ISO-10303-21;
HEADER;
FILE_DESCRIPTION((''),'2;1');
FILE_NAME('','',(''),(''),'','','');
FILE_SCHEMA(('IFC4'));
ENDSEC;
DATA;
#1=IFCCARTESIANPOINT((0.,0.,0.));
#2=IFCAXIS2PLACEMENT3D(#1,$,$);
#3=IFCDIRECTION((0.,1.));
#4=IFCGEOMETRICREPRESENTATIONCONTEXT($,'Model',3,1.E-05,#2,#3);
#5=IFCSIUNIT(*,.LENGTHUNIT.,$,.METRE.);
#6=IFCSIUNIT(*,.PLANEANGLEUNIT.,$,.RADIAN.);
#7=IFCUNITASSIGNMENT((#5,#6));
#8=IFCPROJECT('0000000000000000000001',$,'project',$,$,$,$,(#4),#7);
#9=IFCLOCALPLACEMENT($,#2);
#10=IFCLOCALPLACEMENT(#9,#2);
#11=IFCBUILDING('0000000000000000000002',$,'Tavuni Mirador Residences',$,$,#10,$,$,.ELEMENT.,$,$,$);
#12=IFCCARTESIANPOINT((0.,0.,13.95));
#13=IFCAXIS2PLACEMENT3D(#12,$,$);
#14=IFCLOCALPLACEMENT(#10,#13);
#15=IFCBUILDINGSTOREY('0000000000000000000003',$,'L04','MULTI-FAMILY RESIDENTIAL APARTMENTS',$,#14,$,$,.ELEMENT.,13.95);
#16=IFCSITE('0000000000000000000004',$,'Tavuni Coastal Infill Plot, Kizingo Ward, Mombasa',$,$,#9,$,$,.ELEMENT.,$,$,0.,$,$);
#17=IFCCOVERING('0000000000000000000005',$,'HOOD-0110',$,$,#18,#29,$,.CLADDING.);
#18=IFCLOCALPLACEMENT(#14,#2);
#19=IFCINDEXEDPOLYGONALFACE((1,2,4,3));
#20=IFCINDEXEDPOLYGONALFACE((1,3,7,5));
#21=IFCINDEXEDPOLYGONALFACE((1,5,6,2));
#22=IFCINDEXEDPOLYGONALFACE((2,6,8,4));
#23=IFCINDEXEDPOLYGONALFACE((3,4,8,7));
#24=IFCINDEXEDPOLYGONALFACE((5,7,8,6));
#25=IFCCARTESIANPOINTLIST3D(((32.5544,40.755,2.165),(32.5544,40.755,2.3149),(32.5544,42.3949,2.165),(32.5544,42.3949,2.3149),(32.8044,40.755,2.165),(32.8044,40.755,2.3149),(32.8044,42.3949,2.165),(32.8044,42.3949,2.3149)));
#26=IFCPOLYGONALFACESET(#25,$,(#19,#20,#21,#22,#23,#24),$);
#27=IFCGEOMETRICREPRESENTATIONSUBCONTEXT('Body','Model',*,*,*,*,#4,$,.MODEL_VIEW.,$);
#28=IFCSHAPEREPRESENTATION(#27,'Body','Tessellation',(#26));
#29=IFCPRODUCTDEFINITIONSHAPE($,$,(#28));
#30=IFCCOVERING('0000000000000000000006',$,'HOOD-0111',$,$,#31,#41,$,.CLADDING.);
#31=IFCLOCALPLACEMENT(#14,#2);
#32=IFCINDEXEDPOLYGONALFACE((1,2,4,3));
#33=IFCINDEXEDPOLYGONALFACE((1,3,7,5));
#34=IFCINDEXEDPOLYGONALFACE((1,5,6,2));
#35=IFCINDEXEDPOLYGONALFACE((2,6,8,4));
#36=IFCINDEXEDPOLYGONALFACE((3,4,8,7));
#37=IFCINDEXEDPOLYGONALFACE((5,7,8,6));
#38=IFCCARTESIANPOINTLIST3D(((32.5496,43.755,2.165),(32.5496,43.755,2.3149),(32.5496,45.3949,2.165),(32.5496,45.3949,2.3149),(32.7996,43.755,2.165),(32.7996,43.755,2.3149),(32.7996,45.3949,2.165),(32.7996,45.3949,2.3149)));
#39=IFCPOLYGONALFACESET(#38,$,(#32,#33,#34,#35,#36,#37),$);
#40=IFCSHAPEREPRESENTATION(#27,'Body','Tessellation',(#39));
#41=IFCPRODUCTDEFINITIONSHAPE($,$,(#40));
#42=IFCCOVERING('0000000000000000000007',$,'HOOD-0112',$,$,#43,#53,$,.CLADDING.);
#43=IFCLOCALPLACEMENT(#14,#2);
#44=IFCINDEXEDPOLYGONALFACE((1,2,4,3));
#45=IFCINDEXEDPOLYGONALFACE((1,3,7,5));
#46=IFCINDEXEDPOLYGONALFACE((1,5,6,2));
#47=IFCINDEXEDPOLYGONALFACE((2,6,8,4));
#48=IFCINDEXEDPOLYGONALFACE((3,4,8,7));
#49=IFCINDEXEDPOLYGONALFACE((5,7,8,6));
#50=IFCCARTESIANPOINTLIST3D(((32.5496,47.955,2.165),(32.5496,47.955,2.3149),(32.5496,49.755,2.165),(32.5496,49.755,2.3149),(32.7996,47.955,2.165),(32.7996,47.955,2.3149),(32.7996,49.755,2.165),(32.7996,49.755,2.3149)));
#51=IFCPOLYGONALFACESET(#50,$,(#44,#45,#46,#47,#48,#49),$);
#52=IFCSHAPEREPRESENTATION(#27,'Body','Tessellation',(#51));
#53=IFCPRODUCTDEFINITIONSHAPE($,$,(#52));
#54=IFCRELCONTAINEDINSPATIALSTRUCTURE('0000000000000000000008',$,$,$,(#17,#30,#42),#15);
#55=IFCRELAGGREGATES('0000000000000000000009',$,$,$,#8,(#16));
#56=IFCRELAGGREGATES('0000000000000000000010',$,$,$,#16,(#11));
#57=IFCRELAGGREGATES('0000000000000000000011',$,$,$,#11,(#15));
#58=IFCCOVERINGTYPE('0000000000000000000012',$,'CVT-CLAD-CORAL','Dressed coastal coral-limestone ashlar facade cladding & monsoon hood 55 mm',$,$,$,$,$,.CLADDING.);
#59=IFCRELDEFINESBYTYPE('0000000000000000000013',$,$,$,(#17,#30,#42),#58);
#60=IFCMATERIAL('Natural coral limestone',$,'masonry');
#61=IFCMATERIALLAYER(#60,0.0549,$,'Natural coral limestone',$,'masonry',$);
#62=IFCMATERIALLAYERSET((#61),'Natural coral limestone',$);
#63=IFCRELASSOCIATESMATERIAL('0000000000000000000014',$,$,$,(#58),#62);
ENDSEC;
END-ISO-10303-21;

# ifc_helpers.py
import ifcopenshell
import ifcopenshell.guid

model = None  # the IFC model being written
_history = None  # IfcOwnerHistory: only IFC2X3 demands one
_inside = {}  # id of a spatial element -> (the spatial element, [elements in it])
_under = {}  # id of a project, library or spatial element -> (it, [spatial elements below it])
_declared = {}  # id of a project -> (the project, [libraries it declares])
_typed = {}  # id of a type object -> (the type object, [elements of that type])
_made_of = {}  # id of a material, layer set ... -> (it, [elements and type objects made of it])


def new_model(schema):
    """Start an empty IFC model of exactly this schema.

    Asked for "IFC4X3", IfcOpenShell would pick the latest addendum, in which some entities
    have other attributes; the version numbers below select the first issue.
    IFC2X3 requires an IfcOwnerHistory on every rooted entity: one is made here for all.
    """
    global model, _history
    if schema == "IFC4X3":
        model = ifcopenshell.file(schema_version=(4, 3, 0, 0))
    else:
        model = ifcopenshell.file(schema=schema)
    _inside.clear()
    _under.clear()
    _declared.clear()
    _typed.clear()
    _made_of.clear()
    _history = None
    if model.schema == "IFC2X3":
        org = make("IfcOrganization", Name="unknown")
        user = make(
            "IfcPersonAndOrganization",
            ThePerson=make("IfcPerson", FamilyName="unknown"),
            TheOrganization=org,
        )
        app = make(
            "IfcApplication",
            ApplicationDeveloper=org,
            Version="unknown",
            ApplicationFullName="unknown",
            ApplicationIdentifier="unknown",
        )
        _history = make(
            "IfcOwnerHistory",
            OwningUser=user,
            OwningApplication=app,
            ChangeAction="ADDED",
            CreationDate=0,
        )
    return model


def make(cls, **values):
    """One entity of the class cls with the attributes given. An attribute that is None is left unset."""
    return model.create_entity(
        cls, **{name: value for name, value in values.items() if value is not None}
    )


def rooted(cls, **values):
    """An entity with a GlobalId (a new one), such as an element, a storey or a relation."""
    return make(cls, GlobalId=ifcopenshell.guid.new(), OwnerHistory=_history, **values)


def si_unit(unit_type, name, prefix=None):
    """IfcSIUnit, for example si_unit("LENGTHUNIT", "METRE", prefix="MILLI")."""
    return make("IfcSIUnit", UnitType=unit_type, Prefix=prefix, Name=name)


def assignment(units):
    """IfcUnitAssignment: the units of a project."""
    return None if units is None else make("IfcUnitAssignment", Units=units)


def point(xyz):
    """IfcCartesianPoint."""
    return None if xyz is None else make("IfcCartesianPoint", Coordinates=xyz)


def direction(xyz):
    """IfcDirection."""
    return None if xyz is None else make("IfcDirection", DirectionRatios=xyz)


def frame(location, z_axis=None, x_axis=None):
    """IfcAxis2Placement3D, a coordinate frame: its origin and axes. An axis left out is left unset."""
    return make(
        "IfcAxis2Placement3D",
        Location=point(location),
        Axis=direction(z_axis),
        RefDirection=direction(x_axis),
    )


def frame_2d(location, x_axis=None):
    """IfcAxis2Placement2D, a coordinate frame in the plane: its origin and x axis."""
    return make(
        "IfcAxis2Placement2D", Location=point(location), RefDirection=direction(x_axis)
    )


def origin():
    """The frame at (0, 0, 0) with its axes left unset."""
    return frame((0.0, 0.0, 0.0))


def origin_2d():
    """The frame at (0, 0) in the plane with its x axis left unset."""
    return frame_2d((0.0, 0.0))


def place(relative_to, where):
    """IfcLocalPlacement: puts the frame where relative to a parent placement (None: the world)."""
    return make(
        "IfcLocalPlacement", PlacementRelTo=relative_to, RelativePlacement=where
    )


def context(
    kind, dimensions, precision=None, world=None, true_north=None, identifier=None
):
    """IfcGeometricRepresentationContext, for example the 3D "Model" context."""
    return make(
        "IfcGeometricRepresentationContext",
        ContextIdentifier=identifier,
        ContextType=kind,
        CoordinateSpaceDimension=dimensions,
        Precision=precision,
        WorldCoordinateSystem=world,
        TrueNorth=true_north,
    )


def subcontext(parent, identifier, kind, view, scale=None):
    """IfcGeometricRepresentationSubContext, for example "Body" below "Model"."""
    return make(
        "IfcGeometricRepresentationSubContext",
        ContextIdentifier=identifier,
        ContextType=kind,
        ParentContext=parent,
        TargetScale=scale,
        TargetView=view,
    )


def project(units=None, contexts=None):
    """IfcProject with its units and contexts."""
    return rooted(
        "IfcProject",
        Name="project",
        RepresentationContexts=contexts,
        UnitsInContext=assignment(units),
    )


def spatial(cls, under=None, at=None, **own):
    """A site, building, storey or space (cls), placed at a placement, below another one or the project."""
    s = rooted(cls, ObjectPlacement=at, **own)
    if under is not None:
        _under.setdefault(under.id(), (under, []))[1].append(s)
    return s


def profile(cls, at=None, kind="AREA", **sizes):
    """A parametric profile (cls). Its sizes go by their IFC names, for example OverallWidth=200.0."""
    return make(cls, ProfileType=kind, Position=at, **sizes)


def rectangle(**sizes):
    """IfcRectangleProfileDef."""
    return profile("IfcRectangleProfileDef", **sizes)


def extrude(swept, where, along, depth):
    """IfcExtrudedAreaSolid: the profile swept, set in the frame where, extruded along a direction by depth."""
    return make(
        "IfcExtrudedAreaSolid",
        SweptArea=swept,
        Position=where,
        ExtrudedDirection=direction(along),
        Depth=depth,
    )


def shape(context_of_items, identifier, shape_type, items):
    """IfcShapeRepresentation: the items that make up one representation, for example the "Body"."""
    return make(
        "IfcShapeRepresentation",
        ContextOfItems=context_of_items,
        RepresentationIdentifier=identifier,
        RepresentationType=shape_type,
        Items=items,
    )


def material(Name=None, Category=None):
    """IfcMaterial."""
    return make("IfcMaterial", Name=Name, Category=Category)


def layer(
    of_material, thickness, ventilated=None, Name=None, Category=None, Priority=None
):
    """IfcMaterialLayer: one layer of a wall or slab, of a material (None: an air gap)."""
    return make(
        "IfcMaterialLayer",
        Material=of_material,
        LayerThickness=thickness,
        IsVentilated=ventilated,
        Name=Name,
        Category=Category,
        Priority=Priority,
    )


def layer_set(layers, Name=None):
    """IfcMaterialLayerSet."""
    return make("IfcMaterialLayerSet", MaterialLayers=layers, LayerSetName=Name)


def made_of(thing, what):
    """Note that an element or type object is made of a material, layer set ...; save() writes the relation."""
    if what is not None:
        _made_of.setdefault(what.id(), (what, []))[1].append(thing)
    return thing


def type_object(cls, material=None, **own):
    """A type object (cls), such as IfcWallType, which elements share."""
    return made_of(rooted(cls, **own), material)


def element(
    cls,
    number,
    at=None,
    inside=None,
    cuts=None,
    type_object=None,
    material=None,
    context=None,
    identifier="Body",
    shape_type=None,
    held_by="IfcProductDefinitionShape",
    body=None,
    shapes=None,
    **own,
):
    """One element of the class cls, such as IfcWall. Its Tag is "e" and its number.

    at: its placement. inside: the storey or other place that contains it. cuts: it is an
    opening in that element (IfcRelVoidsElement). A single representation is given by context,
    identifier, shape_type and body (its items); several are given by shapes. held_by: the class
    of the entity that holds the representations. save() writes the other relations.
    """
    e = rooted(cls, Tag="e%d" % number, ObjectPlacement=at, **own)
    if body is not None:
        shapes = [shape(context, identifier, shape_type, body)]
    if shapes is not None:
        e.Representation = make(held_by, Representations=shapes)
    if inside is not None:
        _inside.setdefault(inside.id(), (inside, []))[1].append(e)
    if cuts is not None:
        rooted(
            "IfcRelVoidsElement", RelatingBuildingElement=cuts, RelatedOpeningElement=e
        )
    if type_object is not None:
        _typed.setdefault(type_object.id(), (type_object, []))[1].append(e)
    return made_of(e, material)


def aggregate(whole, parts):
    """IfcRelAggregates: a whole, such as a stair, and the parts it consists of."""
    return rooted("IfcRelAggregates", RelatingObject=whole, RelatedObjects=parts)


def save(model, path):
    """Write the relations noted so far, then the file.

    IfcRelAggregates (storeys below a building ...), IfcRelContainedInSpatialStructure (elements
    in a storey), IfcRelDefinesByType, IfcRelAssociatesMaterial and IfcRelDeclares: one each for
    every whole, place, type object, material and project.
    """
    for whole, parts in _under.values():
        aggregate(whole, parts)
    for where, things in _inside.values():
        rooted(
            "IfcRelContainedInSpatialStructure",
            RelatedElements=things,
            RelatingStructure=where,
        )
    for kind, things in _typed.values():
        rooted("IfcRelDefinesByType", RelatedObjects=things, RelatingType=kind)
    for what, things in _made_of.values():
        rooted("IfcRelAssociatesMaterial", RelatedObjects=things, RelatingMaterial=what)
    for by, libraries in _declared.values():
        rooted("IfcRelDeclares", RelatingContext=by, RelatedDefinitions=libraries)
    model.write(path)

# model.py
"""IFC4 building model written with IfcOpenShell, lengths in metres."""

from ifc_helpers import new_model, si_unit, direction, frame, origin, origin_2d, place, context, subcontext, project, spatial, rectangle, extrude, material, layer, layer_set, type_object, element, save


model = new_model("IFC4")

# Units and contexts
model_context = context("Model", 3, precision=1e-05, world=origin(), true_north=direction((0.0, 1.0)))
body_context = subcontext(model_context, "Body", "Model", "MODEL_VIEW")
ifc_project = project(units=[si_unit("LENGTHUNIT", "METRE"), si_unit("PLANEANGLEUNIT", "RADIAN")], contexts=[model_context])

# Site, building, storey
site_placement = place(None, origin())
site = spatial("IfcSite", under=ifc_project, at=site_placement, Name="Tavuni Coastal Infill Plot, Kizingo Ward, Mombasa", CompositionType="ELEMENT", RefElevation=0.0)
building_placement = place(site_placement, origin())
building = spatial("IfcBuilding", under=site, at=building_placement, Name="Tavuni Mirador Residences", CompositionType="ELEMENT")
storey_placement = place(building_placement, frame((0.0, 0.0, 13.95)))
storey = spatial("IfcBuildingStorey", under=building, at=storey_placement, Name="L04", Description="MULTI-FAMILY RESIDENTIAL APARTMENTS", CompositionType="ELEMENT", Elevation=13.95)

# Coverings
ifc_material_1 = material(Name="Natural coral limestone", Category="masonry")
ifc_layer_1 = layer(ifc_material_1, 0.0549, Name="Natural coral limestone", Category="masonry")
ifc_layer_set_1 = layer_set([ifc_layer_1], Name="Natural coral limestone")
covering_type = type_object("IfcCoveringType", Name="CVT-CLAD-CORAL", Description="Dressed coastal coral-limestone ashlar facade cladding & monsoon hood 55 mm", PredefinedType="CLADDING", material=ifc_layer_set_1)
for number, where, z_axis, x_axis, name in (
    (1, (32.6794, 41.575, 2.165), (0.0, 0.0, 1.0), (0.0, 1.0, 0.0), "HOOD-0110"),
    (2, (32.6746, 44.575, 2.165), (0.0, 0.0, 1.0), (0.0, 1.0, 0.0), "HOOD-0111"),
):
    element("IfcCovering", number, at=place(storey_placement, frame(where, z_axis=z_axis, x_axis=x_axis)), inside=storey, type_object=covering_type, Name=name, PredefinedType="CLADDING", context=body_context, shape_type="SweptSolid", body=[
        extrude(rectangle(XDim=1.6399, YDim=0.25, at=origin_2d()), origin(), (0.0, 0.0, 1.0), 0.1499),
    ])
covering_1_placement = place(storey_placement, frame((32.6746, 48.855, 2.165), z_axis=(0.0, 0.0, 1.0), x_axis=(0.0, 1.0, 0.0)))
element("IfcCovering", 3, at=covering_1_placement, inside=storey, type_object=covering_type, Name="HOOD-0112", PredefinedType="CLADDING", context=body_context, shape_type="SweptSolid", body=[
    extrude(rectangle(XDim=1.8, YDim=0.25, at=origin_2d()), origin(), (0.0, 0.0, 1.0), 0.1499),
])

save(model, "model.ifc")
